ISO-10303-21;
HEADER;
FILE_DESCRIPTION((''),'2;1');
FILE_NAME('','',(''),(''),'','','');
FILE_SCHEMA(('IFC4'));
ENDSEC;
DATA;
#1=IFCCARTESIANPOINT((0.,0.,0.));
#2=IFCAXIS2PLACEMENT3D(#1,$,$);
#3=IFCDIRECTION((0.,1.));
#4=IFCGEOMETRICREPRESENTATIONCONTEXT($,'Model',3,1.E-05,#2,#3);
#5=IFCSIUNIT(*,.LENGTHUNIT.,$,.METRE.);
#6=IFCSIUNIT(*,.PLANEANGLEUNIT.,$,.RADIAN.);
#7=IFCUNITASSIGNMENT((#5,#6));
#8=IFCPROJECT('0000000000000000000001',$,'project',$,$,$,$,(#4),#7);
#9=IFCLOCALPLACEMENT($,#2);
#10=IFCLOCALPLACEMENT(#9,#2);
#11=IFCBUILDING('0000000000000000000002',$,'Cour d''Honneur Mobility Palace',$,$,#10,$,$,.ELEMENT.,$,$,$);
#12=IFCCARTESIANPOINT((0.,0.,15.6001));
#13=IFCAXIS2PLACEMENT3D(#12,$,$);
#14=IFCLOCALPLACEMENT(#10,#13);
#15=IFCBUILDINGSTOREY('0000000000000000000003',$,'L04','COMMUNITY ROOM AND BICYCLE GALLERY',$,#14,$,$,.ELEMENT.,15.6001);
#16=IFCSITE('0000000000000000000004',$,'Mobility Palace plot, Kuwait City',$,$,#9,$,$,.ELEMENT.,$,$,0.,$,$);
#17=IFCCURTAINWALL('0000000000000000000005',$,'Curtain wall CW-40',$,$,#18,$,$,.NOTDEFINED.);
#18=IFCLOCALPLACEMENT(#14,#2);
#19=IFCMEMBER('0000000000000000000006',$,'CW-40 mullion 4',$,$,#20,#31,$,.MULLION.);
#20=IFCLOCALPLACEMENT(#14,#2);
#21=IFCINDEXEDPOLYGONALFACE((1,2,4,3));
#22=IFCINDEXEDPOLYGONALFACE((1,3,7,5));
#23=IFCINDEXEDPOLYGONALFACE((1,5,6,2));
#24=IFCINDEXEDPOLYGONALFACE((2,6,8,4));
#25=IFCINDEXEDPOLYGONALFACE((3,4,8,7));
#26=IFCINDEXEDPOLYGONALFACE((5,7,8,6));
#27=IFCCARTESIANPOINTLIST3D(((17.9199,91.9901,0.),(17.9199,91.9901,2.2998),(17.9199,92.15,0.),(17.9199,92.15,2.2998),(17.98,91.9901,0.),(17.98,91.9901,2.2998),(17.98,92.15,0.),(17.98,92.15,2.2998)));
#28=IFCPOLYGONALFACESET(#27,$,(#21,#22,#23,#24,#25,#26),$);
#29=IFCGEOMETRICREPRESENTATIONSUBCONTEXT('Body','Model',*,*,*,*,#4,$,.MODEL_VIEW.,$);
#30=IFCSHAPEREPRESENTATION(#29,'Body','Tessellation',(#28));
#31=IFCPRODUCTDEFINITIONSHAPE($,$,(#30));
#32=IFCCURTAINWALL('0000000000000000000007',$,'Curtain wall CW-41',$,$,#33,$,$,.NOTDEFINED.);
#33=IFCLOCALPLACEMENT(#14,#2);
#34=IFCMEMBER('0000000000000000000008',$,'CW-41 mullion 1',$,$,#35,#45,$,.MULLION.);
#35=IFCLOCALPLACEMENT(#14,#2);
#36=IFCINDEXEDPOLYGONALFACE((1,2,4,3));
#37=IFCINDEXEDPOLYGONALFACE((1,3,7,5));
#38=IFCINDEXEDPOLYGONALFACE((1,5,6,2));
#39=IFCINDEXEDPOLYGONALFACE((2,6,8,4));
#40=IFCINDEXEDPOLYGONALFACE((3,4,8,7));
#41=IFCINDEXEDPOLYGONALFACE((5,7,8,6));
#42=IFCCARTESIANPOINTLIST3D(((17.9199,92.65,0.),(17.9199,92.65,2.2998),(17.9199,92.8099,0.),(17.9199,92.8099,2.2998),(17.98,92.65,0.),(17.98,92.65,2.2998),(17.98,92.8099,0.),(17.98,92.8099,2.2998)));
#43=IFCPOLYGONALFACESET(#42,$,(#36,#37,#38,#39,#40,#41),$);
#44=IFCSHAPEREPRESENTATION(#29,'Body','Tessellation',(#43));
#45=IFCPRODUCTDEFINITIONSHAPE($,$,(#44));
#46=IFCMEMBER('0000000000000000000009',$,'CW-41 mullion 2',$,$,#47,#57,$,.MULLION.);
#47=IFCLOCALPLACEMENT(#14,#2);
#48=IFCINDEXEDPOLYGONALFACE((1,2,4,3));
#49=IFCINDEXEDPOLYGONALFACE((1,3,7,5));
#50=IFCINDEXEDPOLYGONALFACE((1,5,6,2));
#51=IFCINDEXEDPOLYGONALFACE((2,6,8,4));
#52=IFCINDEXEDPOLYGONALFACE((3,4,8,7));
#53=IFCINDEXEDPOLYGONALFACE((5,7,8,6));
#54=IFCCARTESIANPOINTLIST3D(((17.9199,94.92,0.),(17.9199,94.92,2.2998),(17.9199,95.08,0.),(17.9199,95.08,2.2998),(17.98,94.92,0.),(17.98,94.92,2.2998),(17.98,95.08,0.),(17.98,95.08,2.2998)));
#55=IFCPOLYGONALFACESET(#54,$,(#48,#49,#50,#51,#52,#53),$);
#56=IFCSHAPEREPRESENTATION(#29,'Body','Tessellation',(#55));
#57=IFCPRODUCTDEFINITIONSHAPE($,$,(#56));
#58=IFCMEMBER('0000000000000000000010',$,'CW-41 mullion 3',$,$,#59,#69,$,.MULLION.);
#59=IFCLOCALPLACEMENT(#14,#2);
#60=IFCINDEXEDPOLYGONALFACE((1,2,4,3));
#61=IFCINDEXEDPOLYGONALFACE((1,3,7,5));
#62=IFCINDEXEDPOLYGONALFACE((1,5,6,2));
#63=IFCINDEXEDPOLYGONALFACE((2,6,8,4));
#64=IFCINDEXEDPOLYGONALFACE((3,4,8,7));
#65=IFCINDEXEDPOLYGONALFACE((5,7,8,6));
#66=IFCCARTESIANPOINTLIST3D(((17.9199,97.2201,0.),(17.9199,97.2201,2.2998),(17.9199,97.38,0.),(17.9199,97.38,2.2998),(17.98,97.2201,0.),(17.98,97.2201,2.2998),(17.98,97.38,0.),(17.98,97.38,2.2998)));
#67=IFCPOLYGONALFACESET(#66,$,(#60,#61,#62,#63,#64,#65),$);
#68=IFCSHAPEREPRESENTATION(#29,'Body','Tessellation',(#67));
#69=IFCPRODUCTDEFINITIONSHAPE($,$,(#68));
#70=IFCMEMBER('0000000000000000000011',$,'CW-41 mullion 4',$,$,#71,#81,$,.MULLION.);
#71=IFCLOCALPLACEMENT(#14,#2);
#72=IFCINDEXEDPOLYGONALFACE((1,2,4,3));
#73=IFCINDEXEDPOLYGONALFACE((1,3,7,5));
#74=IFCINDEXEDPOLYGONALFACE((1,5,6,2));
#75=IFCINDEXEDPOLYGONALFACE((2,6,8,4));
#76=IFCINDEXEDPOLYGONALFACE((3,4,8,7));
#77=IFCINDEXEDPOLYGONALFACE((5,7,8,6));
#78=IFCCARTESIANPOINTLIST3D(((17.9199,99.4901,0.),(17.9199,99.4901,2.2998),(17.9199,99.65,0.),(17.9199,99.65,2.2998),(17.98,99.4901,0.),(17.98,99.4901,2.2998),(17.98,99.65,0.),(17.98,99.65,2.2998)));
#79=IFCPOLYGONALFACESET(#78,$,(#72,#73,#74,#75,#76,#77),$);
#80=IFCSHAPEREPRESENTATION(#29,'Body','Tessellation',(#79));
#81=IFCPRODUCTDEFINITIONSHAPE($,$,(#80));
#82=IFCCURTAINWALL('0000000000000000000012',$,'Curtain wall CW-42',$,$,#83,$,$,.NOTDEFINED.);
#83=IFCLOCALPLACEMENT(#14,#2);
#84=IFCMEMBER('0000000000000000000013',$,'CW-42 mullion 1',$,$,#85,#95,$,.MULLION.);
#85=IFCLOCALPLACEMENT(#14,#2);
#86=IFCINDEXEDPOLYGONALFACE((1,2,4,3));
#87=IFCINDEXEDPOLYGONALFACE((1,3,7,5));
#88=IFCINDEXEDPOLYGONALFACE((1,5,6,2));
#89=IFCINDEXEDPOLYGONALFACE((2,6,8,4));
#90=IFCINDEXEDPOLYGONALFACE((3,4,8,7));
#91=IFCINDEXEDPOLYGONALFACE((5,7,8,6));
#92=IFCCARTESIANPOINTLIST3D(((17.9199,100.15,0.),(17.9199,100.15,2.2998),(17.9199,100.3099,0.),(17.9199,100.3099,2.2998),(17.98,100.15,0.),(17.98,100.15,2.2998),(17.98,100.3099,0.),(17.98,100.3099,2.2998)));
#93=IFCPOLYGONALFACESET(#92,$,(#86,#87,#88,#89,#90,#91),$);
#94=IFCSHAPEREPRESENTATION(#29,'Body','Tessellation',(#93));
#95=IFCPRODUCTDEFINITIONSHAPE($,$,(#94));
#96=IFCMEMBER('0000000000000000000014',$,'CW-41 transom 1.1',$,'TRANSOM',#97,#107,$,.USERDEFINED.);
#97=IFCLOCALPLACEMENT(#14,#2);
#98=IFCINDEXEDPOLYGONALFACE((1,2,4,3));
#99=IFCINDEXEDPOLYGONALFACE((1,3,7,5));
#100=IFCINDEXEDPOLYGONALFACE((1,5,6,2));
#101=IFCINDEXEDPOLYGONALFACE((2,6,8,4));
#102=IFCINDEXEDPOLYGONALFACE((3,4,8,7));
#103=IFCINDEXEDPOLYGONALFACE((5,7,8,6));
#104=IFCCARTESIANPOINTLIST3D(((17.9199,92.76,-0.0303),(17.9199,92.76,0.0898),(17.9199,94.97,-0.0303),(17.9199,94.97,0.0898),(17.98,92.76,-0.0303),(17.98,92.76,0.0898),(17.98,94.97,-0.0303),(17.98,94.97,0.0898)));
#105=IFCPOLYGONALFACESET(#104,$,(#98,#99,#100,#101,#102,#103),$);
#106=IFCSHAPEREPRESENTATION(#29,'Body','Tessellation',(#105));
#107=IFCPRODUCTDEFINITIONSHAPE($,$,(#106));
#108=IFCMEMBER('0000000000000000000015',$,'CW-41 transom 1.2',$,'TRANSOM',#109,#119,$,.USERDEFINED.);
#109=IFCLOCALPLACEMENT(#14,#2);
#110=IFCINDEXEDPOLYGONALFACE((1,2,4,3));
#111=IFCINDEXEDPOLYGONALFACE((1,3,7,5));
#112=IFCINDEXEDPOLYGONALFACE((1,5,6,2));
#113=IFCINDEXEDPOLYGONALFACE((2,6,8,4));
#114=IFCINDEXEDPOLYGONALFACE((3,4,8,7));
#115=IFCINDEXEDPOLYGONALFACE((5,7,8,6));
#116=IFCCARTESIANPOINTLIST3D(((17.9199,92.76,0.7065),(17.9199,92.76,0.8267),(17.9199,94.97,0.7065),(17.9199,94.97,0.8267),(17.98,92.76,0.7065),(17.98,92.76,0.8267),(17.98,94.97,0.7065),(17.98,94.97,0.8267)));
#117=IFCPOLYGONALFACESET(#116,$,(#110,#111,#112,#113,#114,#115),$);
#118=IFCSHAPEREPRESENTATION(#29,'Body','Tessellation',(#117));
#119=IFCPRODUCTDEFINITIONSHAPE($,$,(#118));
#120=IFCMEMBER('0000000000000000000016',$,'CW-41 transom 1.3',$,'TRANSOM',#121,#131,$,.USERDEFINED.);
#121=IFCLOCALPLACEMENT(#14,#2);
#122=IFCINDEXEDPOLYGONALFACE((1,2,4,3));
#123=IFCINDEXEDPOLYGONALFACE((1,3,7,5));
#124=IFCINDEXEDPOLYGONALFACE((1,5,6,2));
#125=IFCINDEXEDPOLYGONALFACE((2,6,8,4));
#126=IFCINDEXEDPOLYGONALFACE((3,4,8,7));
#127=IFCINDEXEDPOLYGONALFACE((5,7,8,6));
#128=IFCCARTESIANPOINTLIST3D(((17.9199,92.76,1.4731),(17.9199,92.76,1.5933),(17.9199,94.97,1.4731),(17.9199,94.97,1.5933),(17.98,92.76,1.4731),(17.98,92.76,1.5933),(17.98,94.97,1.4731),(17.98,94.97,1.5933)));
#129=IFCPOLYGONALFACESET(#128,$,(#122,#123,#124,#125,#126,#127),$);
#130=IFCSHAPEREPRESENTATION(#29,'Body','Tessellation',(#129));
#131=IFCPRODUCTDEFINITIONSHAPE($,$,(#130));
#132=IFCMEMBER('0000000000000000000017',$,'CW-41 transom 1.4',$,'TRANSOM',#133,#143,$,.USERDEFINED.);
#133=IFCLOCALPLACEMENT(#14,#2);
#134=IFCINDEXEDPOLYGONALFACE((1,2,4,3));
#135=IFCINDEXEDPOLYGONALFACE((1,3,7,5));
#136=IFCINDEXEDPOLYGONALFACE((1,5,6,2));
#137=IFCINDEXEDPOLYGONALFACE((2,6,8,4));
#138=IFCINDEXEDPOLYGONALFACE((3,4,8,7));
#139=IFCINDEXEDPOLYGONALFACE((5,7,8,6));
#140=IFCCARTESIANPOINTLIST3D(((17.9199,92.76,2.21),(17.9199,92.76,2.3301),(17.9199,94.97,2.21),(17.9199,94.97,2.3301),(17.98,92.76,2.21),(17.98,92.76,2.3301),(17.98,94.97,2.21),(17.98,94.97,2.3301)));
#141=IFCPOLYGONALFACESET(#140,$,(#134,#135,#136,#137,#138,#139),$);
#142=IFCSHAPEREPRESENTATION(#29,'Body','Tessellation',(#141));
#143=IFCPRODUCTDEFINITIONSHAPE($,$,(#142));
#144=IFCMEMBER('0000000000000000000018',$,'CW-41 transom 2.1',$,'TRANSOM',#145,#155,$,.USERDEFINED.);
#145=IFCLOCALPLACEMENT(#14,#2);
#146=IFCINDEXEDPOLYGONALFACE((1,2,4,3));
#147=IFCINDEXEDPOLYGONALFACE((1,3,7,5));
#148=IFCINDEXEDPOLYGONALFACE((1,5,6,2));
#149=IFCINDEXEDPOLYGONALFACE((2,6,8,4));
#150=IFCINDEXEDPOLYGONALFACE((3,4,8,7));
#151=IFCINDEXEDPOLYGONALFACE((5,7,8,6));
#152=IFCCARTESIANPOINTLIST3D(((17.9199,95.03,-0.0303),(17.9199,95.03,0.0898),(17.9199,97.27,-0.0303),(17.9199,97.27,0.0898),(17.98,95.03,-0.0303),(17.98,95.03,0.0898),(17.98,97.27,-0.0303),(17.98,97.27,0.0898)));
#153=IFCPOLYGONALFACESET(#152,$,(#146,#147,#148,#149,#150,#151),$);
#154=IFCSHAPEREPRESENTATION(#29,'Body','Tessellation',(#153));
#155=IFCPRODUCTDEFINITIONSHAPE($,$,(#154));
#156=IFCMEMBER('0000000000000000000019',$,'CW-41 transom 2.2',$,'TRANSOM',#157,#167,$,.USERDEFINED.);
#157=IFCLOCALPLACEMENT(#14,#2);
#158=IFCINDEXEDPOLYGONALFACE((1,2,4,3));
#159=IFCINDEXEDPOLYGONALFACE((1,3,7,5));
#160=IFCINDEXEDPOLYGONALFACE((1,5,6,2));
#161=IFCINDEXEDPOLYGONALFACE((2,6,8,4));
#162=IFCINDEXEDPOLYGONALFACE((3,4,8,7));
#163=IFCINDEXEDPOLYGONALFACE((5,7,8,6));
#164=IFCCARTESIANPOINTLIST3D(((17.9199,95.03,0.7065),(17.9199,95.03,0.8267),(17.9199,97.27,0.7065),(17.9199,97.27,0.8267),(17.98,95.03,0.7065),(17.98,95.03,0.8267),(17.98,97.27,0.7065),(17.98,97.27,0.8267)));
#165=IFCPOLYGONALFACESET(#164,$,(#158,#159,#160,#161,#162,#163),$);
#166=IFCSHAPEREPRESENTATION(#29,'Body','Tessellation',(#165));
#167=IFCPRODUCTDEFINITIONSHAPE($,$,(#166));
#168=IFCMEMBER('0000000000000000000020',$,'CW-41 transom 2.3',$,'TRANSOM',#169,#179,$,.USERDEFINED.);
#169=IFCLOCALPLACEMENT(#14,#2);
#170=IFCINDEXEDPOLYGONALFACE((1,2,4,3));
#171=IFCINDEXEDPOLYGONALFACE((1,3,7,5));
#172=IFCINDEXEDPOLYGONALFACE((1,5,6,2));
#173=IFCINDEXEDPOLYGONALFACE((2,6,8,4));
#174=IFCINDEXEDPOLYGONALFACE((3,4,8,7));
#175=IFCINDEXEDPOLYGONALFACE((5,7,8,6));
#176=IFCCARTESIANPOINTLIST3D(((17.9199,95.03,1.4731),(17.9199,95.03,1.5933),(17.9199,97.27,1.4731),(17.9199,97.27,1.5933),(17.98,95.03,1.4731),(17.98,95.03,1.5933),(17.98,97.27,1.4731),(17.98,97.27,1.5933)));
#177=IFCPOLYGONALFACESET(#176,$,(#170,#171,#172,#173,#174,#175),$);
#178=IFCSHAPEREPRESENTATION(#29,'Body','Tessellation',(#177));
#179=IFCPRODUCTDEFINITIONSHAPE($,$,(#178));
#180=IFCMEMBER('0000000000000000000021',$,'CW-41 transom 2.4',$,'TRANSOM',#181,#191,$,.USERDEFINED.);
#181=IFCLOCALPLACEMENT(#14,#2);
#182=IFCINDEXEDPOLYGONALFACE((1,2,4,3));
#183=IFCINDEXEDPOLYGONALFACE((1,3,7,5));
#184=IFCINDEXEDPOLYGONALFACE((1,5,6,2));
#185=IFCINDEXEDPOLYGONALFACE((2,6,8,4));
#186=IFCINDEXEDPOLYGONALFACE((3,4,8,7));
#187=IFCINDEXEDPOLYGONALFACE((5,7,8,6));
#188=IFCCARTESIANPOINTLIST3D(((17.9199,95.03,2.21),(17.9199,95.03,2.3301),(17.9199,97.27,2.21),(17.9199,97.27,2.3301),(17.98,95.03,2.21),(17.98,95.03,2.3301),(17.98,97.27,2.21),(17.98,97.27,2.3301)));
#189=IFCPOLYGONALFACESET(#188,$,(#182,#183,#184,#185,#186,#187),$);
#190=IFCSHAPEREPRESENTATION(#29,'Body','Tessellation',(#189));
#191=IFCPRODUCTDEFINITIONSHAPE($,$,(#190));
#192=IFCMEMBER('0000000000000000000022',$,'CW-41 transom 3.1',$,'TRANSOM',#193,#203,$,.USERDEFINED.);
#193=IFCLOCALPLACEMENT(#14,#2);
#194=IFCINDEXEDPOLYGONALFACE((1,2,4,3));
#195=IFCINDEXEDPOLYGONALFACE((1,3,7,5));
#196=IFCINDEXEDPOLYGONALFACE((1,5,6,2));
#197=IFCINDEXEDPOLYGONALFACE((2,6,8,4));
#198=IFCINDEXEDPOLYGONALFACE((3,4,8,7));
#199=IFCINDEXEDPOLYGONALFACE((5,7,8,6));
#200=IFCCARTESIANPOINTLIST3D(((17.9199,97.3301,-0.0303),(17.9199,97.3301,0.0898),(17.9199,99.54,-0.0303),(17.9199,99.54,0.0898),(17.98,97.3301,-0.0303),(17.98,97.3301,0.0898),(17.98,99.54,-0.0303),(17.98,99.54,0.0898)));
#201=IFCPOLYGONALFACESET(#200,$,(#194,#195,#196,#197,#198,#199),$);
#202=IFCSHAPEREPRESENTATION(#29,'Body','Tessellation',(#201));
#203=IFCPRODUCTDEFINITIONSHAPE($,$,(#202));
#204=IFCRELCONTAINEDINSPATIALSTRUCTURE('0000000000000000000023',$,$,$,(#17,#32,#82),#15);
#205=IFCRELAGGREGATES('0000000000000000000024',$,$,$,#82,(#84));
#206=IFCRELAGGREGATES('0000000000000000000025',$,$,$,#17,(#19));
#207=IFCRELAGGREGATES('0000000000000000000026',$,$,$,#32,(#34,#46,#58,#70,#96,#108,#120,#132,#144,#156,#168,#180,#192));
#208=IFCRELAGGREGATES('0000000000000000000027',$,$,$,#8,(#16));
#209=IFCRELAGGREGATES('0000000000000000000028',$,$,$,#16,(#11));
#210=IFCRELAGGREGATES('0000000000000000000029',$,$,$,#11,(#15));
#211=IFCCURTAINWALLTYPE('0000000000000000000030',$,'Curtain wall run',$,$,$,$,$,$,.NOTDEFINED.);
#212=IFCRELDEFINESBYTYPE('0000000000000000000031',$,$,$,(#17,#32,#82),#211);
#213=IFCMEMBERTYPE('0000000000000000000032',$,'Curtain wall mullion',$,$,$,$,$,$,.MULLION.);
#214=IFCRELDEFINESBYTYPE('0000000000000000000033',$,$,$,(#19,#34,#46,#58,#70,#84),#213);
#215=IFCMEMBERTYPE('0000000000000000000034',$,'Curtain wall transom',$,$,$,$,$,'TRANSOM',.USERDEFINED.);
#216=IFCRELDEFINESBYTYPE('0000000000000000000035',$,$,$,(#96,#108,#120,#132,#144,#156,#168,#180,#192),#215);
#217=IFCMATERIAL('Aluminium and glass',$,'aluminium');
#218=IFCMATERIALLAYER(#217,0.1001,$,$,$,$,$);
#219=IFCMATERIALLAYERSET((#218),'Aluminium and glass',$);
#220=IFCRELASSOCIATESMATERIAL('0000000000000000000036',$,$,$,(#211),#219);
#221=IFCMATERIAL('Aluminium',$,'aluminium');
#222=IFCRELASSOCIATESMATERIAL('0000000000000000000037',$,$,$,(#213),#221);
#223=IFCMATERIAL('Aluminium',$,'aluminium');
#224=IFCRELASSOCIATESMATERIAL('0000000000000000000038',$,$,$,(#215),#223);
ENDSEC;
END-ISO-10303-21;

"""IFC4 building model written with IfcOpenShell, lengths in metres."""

from ifc_helpers import new_model, si_unit, direction, frame, origin, origin_2d, place, context, subcontext, project, spatial, rectangle, extrude, material, layer, layer_set, material_profile, profile_set, type_object, element, aggregate, save


model = new_model("IFC4")

# Units and contexts
model_context = context("Model", 3, precision=1e-05, world=origin(), true_north=direction((0.0, 1.0)))
body_context = subcontext(model_context, "Body", "Model", "MODEL_VIEW")
ifc_project = project(units=[si_unit("LENGTHUNIT", "METRE"), si_unit("PLANEANGLEUNIT", "RADIAN")], contexts=[model_context])

# Site, building, storey
site_placement = place(None, origin())
site = spatial("IfcSite", under=ifc_project, at=site_placement, Name="Mobility Palace plot, Kuwait City", CompositionType="ELEMENT", RefElevation=0.0)
building_placement = place(site_placement, origin())
building = spatial("IfcBuilding", under=site, at=building_placement, Name="Cour d'Honneur Mobility Palace", CompositionType="ELEMENT")
storey_placement = place(building_placement, frame((0.0, 0.0, 15.6001)))
storey = spatial("IfcBuildingStorey", under=building, at=storey_placement, Name="L04", Description="COMMUNITY ROOM AND BICYCLE GALLERY", CompositionType="ELEMENT", Elevation=15.6001)

# Curtain wall, member
ifc_material_1 = material(Name="Aluminium and glass", Category="aluminium")
ifc_layer_1 = layer(ifc_material_1, 0.1001)
ifc_layer_set_1 = layer_set([ifc_layer_1], Name="Aluminium and glass")
curtain_wall_type = type_object("IfcCurtainWallType", Name="Curtain wall run", PredefinedType="NOTDEFINED", material=ifc_layer_set_1)
curtain_wall_1_placement = place(storey_placement, origin())
curtain_wall_1 = element("IfcCurtainWall", 1, at=curtain_wall_1_placement, inside=storey, type_object=curtain_wall_type, Name="Curtain wall CW-40", PredefinedType="NOTDEFINED")
ifc_material_2 = material(Name="Aluminium", Category="aluminium")
ifc_material_profile_1 = material_profile(ifc_material_2, rectangle(XDim=0.0601, YDim=0.1599, at=origin_2d()), Name="Curtain wall mullion")
ifc_profile_set_1 = profile_set([ifc_material_profile_1], Name="Aluminium")
member_type_1 = type_object("IfcMemberType", Name="Curtain wall mullion", PredefinedType="MULLION", material=ifc_profile_set_1)
member_1_placement = place(storey_placement, frame((17.95, 92.0701, 0.0), z_axis=(0.0, 0.0, 1.0), x_axis=(-1.0, 0.0, 0.0)))
member_1 = element("IfcMember", 2, at=member_1_placement, type_object=member_type_1, Name="CW-40 mullion 4", PredefinedType="MULLION", context=body_context, shape_type="SweptSolid", body=[
    extrude(rectangle(XDim=0.0601, YDim=0.1599, at=origin_2d()), origin(), (0.0, 0.0, 1.0), 2.2998),
])

# Curtain wall, members
curtain_wall_2_placement = place(storey_placement, origin())
curtain_wall_2 = element("IfcCurtainWall", 3, at=curtain_wall_2_placement, inside=storey, type_object=curtain_wall_type, Name="Curtain wall CW-41", PredefinedType="NOTDEFINED")
member_2_placement = place(storey_placement, frame((17.95, 92.73, 0.0), z_axis=(0.0, 0.0, 1.0), x_axis=(-1.0, 0.0, 0.0)))
member_2 = element("IfcMember", 4, at=member_2_placement, type_object=member_type_1, Name="CW-41 mullion 1", PredefinedType="MULLION", context=body_context, shape_type="SweptSolid", body=[
    extrude(rectangle(XDim=0.0601, YDim=0.1599, at=origin_2d()), origin(), (0.0, 0.0, 1.0), 2.2998),
])
member_3_placement = place(storey_placement, frame((17.95, 95.0, 0.0), z_axis=(0.0, 0.0, 1.0), x_axis=(-1.0, 0.0, 0.0)))
member_3 = element("IfcMember", 5, at=member_3_placement, type_object=member_type_1, Name="CW-41 mullion 2", PredefinedType="MULLION", context=body_context, shape_type="SweptSolid", body=[
    extrude(rectangle(XDim=0.0601, YDim=0.1599, at=origin_2d()), origin(), (0.0, 0.0, 1.0), 2.2998),
])
member_4_placement = place(storey_placement, frame((17.95, 97.3, 0.0), z_axis=(0.0, 0.0, 1.0), x_axis=(-1.0, 0.0, 0.0)))
member_4 = element("IfcMember", 6, at=member_4_placement, type_object=member_type_1, Name="CW-41 mullion 3", PredefinedType="MULLION", context=body_context, shape_type="SweptSolid", body=[
    extrude(rectangle(XDim=0.0601, YDim=0.1599, at=origin_2d()), origin(), (0.0, 0.0, 1.0), 2.2998),
])
member_5_placement = place(storey_placement, frame((17.95, 99.5701, 0.0), z_axis=(0.0, 0.0, 1.0), x_axis=(-1.0, 0.0, 0.0)))
member_5 = element("IfcMember", 7, at=member_5_placement, type_object=member_type_1, Name="CW-41 mullion 4", PredefinedType="MULLION", context=body_context, shape_type="SweptSolid", body=[
    extrude(rectangle(XDim=0.0601, YDim=0.1599, at=origin_2d()), origin(), (0.0, 0.0, 1.0), 2.2998),
])

# Curtain wall, member
curtain_wall_3_placement = place(storey_placement, origin())
curtain_wall_3 = element("IfcCurtainWall", 8, at=curtain_wall_3_placement, inside=storey, type_object=curtain_wall_type, Name="Curtain wall CW-42", PredefinedType="NOTDEFINED")
member_6_placement = place(storey_placement, frame((17.95, 100.23, 0.0), z_axis=(0.0, 0.0, 1.0), x_axis=(-1.0, 0.0, 0.0)))
member_6 = element("IfcMember", 9, at=member_6_placement, type_object=member_type_1, Name="CW-42 mullion 1", PredefinedType="MULLION", context=body_context, shape_type="SweptSolid", body=[
    extrude(rectangle(XDim=0.0601, YDim=0.1599, at=origin_2d()), origin(), (0.0, 0.0, 1.0), 2.2998),
])

# Members
ifc_material_3 = material(Name="Aluminium", Category="aluminium")
ifc_material_profile_2 = material_profile(ifc_material_3, rectangle(XDim=0.0601, YDim=0.1201, at=origin_2d()), Name="Curtain wall transom")
ifc_profile_set_2 = profile_set([ifc_material_profile_2], Name="Aluminium")
member_type_2 = type_object("IfcMemberType", Name="Curtain wall transom", ElementType="TRANSOM", PredefinedType="USERDEFINED", material=ifc_profile_set_2)
member_7_placement = place(storey_placement, frame((17.95, 92.76, 0.0298), z_axis=(0.0, 1.0, 0.0), x_axis=(-1.0, 0.0, 0.0)))
member_7 = element("IfcMember", 10, at=member_7_placement, type_object=member_type_2, Name="CW-41 transom 1.1", ObjectType="TRANSOM", PredefinedType="USERDEFINED", context=body_context, shape_type="SweptSolid", body=[
    extrude(rectangle(XDim=0.0601, YDim=0.1201, at=origin_2d()), origin(), (0.0, 0.0, 1.0), 2.21),
])
member_8_placement = place(storey_placement, frame((17.95, 92.76, 0.7666), z_axis=(0.0, 1.0, 0.0), x_axis=(-1.0, 0.0, 0.0)))
member_8 = element("IfcMember", 11, at=member_8_placement, type_object=member_type_2, Name="CW-41 transom 1.2", ObjectType="TRANSOM", PredefinedType="USERDEFINED", context=body_context, shape_type="SweptSolid", body=[
    extrude(rectangle(XDim=0.0601, YDim=0.1201, at=origin_2d()), origin(), (0.0, 0.0, 1.0), 2.21),
])
member_9_placement = place(storey_placement, frame((17.95, 92.76, 1.5332), z_axis=(0.0, 1.0, 0.0), x_axis=(-1.0, 0.0, 0.0)))
member_9 = element("IfcMember", 12, at=member_9_placement, type_object=member_type_2, Name="CW-41 transom 1.3", ObjectType="TRANSOM", PredefinedType="USERDEFINED", context=body_context, shape_type="SweptSolid", body=[
    extrude(rectangle(XDim=0.0601, YDim=0.1201, at=origin_2d()), origin(), (0.0, 0.0, 1.0), 2.21),
])
member_10_placement = place(storey_placement, frame((17.95, 92.76, 2.27), z_axis=(0.0, 1.0, 0.0), x_axis=(-1.0, 0.0, 0.0)))
member_10 = element("IfcMember", 13, at=member_10_placement, type_object=member_type_2, Name="CW-41 transom 1.4", ObjectType="TRANSOM", PredefinedType="USERDEFINED", context=body_context, shape_type="SweptSolid", body=[
    extrude(rectangle(XDim=0.0601, YDim=0.1201, at=origin_2d()), origin(), (0.0, 0.0, 1.0), 2.21),
])
member_11_placement = place(storey_placement, frame((17.95, 95.03, 0.0298), z_axis=(0.0, 1.0, 0.0), x_axis=(-1.0, 0.0, 0.0)))
member_11 = element("IfcMember", 14, at=member_11_placement, type_object=member_type_2, Name="CW-41 transom 2.1", ObjectType="TRANSOM", PredefinedType="USERDEFINED", context=body_context, shape_type="SweptSolid", body=[
    extrude(rectangle(XDim=0.0601, YDim=0.1201, at=origin_2d()), origin(), (0.0, 0.0, 1.0), 2.24),
])
member_12_placement = place(storey_placement, frame((17.95, 95.03, 0.7666), z_axis=(0.0, 1.0, 0.0), x_axis=(-1.0, 0.0, 0.0)))
member_12 = element("IfcMember", 15, at=member_12_placement, type_object=member_type_2, Name="CW-41 transom 2.2", ObjectType="TRANSOM", PredefinedType="USERDEFINED", context=body_context, shape_type="SweptSolid", body=[
    extrude(rectangle(XDim=0.0601, YDim=0.1201, at=origin_2d()), origin(), (0.0, 0.0, 1.0), 2.24),
])
member_13_placement = place(storey_placement, frame((17.95, 95.03, 1.5332), z_axis=(0.0, 1.0, 0.0), x_axis=(-1.0, 0.0, 0.0)))
member_13 = element("IfcMember", 16, at=member_13_placement, type_object=member_type_2, Name="CW-41 transom 2.3", ObjectType="TRANSOM", PredefinedType="USERDEFINED", context=body_context, shape_type="SweptSolid", body=[
    extrude(rectangle(XDim=0.0601, YDim=0.1201, at=origin_2d()), origin(), (0.0, 0.0, 1.0), 2.24),
])
member_14_placement = place(storey_placement, frame((17.95, 95.03, 2.27), z_axis=(0.0, 1.0, 0.0), x_axis=(-1.0, 0.0, 0.0)))
member_14 = element("IfcMember", 17, at=member_14_placement, type_object=member_type_2, Name="CW-41 transom 2.4", ObjectType="TRANSOM", PredefinedType="USERDEFINED", context=body_context, shape_type="SweptSolid", body=[
    extrude(rectangle(XDim=0.0601, YDim=0.1201, at=origin_2d()), origin(), (0.0, 0.0, 1.0), 2.24),
])
member_15_placement = place(storey_placement, frame((17.95, 97.3301, 0.0298), z_axis=(0.0, 1.0, 0.0), x_axis=(-1.0, 0.0, 0.0)))
member_15 = element("IfcMember", 18, at=member_15_placement, type_object=member_type_2, Name="CW-41 transom 3.1", ObjectType="TRANSOM", PredefinedType="USERDEFINED", context=body_context, shape_type="SweptSolid", body=[
    extrude(rectangle(XDim=0.0601, YDim=0.1201, at=origin_2d()), origin(), (0.0, 0.0, 1.0), 2.21),
])
aggregate(curtain_wall_3, [member_6])

aggregate(curtain_wall_1, [member_1])
aggregate(curtain_wall_2, [member_2, member_3, member_4, member_5, member_7, member_8, member_9, member_10, member_11, member_12, member_13, member_14, member_15])

save(model, "model.ifc")
